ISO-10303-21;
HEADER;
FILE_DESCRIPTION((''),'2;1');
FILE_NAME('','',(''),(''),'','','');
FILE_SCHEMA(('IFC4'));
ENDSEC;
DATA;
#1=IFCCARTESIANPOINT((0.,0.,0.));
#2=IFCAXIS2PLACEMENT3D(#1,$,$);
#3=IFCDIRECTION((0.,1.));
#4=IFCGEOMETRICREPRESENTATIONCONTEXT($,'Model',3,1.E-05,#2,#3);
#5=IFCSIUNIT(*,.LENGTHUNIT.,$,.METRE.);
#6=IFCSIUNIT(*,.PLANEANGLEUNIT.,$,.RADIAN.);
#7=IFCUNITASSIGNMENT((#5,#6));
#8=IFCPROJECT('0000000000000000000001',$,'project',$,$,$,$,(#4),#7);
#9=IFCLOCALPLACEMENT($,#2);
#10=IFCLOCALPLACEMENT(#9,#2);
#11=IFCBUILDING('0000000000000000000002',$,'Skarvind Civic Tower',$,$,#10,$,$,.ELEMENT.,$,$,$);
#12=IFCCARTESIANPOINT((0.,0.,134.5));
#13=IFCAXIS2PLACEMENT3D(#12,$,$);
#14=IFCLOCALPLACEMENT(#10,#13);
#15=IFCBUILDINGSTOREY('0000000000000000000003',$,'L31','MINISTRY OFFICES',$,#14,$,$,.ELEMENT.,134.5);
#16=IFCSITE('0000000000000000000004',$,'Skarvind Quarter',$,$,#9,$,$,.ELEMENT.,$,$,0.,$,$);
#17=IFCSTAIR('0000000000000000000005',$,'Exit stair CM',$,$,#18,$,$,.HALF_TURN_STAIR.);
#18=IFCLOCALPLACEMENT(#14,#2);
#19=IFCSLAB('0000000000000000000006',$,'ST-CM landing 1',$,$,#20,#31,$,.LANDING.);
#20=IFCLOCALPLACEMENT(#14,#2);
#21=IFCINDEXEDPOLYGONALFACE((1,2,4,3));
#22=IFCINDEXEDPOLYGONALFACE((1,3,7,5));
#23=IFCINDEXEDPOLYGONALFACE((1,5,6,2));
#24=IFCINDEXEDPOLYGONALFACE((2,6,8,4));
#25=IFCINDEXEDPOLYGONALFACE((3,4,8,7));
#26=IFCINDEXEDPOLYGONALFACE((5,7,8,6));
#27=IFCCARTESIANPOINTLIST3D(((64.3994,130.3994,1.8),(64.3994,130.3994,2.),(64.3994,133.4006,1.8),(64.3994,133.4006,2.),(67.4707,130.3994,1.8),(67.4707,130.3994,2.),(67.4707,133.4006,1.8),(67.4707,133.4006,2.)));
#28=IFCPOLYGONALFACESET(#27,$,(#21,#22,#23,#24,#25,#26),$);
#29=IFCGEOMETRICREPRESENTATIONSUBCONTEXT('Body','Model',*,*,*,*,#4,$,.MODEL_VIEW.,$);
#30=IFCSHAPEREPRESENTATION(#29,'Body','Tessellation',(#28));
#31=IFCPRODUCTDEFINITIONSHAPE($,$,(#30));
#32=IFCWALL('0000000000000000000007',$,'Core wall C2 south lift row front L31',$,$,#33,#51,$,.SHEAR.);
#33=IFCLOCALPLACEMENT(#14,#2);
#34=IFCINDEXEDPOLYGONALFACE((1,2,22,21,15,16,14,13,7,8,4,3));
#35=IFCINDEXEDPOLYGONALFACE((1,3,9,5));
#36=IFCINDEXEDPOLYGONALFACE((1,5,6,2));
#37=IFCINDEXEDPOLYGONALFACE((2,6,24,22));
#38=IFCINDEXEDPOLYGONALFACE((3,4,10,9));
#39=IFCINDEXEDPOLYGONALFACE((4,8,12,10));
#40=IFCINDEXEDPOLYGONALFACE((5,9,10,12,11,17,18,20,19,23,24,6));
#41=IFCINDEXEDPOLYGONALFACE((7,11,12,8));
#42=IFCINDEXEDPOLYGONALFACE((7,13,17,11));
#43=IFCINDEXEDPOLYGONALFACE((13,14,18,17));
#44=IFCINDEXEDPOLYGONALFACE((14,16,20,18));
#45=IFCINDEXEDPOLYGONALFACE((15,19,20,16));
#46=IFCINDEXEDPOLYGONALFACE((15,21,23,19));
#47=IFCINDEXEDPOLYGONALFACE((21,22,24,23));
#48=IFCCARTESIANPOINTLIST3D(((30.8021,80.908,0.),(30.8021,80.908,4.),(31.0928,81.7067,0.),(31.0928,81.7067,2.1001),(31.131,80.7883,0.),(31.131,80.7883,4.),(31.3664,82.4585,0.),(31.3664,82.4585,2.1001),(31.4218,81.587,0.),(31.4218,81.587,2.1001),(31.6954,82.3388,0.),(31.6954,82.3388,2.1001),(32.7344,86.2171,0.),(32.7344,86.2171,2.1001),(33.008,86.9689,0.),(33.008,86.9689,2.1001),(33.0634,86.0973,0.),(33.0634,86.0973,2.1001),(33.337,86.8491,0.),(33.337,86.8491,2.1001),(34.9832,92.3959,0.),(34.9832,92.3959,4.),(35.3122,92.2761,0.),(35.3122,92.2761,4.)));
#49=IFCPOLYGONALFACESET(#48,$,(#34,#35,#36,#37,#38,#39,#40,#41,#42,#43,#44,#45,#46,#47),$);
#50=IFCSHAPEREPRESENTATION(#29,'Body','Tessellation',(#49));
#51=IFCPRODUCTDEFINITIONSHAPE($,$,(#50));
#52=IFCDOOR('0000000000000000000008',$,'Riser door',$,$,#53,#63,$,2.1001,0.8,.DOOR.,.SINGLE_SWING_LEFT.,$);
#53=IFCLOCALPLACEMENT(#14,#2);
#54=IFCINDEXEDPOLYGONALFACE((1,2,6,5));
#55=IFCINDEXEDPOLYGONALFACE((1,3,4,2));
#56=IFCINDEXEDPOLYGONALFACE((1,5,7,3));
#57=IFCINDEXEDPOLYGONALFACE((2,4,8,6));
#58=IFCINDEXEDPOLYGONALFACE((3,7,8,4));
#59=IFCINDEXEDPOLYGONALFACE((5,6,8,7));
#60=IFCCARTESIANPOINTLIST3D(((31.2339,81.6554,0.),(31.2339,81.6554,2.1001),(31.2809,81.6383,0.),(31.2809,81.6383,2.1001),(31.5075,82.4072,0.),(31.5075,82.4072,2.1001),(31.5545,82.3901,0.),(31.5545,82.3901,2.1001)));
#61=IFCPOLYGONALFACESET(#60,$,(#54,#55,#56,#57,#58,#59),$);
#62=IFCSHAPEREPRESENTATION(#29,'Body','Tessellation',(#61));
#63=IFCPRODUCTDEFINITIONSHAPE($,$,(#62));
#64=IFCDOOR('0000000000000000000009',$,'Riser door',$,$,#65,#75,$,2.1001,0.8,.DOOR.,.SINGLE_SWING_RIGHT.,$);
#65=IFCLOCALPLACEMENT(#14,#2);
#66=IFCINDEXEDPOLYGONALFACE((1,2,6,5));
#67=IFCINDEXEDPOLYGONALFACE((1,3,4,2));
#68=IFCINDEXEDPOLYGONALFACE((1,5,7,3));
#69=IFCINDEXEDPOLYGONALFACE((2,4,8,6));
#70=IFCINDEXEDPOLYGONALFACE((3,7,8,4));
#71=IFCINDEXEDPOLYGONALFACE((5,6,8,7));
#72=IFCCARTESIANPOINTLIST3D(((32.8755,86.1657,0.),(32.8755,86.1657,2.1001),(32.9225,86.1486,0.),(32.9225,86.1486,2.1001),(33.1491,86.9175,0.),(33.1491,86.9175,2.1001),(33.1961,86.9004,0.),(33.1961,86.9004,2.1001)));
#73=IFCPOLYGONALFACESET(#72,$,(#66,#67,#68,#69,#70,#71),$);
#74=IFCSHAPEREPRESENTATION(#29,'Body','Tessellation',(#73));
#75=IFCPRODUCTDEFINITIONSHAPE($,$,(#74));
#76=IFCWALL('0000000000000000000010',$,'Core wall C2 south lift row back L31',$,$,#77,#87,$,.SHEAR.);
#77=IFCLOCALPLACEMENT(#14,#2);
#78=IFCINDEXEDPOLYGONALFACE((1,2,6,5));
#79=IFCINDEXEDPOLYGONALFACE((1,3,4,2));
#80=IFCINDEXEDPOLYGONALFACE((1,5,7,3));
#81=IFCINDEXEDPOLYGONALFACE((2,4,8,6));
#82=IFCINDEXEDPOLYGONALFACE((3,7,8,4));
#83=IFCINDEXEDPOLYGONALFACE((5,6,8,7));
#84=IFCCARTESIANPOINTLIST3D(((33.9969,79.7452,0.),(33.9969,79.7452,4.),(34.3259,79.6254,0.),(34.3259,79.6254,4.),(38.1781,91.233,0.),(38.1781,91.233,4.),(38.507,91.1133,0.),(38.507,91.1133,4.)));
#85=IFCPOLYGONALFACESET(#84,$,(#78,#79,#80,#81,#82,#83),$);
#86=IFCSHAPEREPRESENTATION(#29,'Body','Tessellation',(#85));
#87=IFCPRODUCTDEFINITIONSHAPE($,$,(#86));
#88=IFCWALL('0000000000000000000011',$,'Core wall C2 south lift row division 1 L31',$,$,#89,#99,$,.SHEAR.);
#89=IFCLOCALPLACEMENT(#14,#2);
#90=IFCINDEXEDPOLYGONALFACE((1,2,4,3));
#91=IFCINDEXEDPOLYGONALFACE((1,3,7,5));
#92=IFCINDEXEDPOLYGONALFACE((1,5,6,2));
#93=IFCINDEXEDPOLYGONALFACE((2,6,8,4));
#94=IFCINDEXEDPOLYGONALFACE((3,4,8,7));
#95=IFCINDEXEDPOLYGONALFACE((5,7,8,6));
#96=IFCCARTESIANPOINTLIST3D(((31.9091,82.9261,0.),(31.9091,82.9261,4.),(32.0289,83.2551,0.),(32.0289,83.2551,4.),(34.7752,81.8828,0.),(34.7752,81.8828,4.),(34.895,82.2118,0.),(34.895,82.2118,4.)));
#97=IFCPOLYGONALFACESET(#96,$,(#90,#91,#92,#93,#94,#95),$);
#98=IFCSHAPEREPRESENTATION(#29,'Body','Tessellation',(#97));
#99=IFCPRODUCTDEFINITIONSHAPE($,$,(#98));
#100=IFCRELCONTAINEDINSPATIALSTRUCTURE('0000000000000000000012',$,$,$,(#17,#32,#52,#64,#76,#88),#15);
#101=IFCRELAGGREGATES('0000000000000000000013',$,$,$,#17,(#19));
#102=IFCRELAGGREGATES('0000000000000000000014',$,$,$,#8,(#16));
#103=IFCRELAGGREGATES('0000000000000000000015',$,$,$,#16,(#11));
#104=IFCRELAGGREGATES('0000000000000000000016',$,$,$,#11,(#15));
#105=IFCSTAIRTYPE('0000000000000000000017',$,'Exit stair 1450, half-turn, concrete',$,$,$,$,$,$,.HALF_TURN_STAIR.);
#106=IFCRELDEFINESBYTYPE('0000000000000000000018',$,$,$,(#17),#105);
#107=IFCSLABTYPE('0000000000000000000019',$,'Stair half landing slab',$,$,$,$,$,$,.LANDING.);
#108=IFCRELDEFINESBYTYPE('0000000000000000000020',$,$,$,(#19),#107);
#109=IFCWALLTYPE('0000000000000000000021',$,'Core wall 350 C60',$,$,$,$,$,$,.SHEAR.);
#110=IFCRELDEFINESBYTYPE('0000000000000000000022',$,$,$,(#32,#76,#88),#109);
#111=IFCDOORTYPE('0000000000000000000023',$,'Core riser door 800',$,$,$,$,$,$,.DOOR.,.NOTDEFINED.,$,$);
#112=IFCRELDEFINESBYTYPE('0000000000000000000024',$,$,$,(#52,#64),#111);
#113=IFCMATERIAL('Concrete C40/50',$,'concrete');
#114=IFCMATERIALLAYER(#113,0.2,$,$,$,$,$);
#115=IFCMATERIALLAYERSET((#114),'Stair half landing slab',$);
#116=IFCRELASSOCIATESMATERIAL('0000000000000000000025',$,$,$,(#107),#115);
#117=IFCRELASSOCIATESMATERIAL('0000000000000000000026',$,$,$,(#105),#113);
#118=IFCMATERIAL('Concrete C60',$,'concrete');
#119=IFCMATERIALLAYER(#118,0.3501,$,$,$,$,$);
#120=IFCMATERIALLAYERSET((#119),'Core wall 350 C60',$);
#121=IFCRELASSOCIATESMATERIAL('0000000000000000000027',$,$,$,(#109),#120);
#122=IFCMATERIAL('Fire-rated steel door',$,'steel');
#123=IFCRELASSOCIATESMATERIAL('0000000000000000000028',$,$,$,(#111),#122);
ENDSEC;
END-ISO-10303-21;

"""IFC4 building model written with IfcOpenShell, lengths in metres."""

from ifc_helpers import new_model, si_unit, direction, frame, frame_2d, origin, place, context, subcontext, project, spatial, polyline, rectangle, outline, extrude, material, layer, layer_set, type_object, element, fill, aggregate, save


model = new_model("IFC4")

# Units and contexts
model_context = context("Model", 3, precision=1e-05, world=origin(), true_north=direction((0.0, 1.0)))
body_context = subcontext(model_context, "Body", "Model", "MODEL_VIEW")
ifc_project = project(units=[si_unit("LENGTHUNIT", "METRE"), si_unit("PLANEANGLEUNIT", "RADIAN")], contexts=[model_context])

# Site, building, storey
site_placement = place(None, origin())
site = spatial("IfcSite", under=ifc_project, at=site_placement, Name="Skarvind Quarter", CompositionType="ELEMENT", RefElevation=0.0)
building_placement = place(site_placement, origin())
building = spatial("IfcBuilding", under=site, at=building_placement, Name="Skarvind Civic Tower", CompositionType="ELEMENT")
storey_placement = place(building_placement, frame((0.0, 0.0, 134.5)))
storey = spatial("IfcBuildingStorey", under=building, at=storey_placement, Name="L31", Description="MINISTRY OFFICES", CompositionType="ELEMENT", Elevation=134.5)

# Shared definitions
ifc_material_1 = material(Name="Concrete C40/50", Category="concrete")

# Stair, slab
ifc_layer_1 = layer(ifc_material_1, 0.2)
ifc_layer_set_1 = layer_set([ifc_layer_1], Name="Stair half landing slab")
slab_type_1 = type_object("IfcSlabType", Name="Stair half landing slab", PredefinedType="LANDING", material=ifc_layer_set_1)
stair_type_1 = type_object("IfcStairType", Name="Exit stair 1450, half-turn, concrete", PredefinedType="HALF_TURN_STAIR", material=ifc_material_1)
stair_1_placement = place(storey_placement, origin())
stair_1 = element("IfcStair", 1, at=stair_1_placement, inside=storey, type_object=stair_type_1, Name="Exit stair CM", PredefinedType="HALF_TURN_STAIR")
slab_1_placement = place(storey_placement, frame((0.0, 0.0, 1.8)))
slab_1 = element("IfcSlab", 2, at=slab_1_placement, type_object=slab_type_1, Name="ST-CM landing 1", PredefinedType="LANDING", context=body_context, shape_type="SweptSolid", body=[
    extrude(outline(polyline([(67.4707, 133.4006), (67.4707, 130.3994), (64.3994, 130.3994), (64.3994, 133.4006), (67.4707, 133.4006)])), origin(), (0.0, 0.0, 1.0), 0.2),
])
aggregate(stair_1, [slab_1])

# Wall, openings, doors
ifc_material_2 = material(Name="Concrete C60", Category="concrete")
ifc_layer_2 = layer(ifc_material_2, 0.3501)
ifc_layer_set_2 = layer_set([ifc_layer_2], Name="Core wall 350 C60")
wall_type_1 = type_object("IfcWallType", Name="Core wall 350 C60", PredefinedType="SHEAR", material=ifc_layer_set_2)
wall_1_placement = place(storey_placement, frame((30.9666, 80.8481, 0.0), z_axis=(0.0, 0.0, 1.0), x_axis=(0.342016, 0.939694, 0.0)))
wall_1 = element("IfcWall", 3, at=wall_1_placement, inside=storey, type_object=wall_type_1, Name="Core wall C2 south lift row front L31", PredefinedType="SHEAR", context=body_context, shape_type="SweptSolid", body=[
    extrude(rectangle(XDim=12.2251, YDim=0.3501, at=frame_2d((6.1125, 0.0))), origin(), (0.0, 0.0, 1.0), 4.0),
])
opening_1_placement = place(wall_1_placement, frame((0.8501, 0.0, 0.0)))
opening_1 = element("IfcOpeningElement", 4, at=opening_1_placement, cuts=wall_1, PredefinedType="OPENING", context=body_context, shape_type="SweptSolid", body=[
    extrude(rectangle(XDim=0.8, YDim=2.1001, at=frame_2d((0.3999, 1.05))), frame((0.0, 0.1851, 0.0), z_axis=(0.0, -1.0, 0.0), x_axis=(1.0, 0.0, 0.0)), (0.0, 0.0, 1.0), 0.3701),
])
opening_2_placement = place(wall_1_placement, frame((5.6499, 0.0, 0.0)))
opening_2 = element("IfcOpeningElement", 5, at=opening_2_placement, cuts=wall_1, PredefinedType="OPENING", context=body_context, shape_type="SweptSolid", body=[
    extrude(rectangle(XDim=0.8, YDim=2.1001, at=frame_2d((0.3999, 1.05))), frame((0.0, 0.1851, 0.0), z_axis=(0.0, -1.0, 0.0), x_axis=(1.0, 0.0, 0.0)), (0.0, 0.0, 1.0), 0.3701),
])
ifc_material_3 = material(Name="Fire-rated steel door", Category="steel")
door_type_1 = type_object("IfcDoorType", Name="Core riser door 800", OperationType="NOTDEFINED", PredefinedType="DOOR", material=ifc_material_3)
door_1_placement = place(opening_1_placement, origin())
door_1 = element("IfcDoor", 6, at=door_1_placement, inside=storey, type_object=door_type_1, Name="Riser door", OperationType="SINGLE_SWING_LEFT", OverallHeight=2.1001, OverallWidth=0.8, PredefinedType="DOOR", context=body_context, shape_type="SweptSolid", body=[
    extrude(rectangle(XDim=0.8, YDim=2.1001, at=frame_2d((0.3999, 1.05))), frame((0.0, 0.0249, 0.0), z_axis=(0.0, -1.0, 0.0), x_axis=(1.0, 0.0, 0.0)), (0.0, 0.0, 1.0), 0.05),
])
fill(opening_1, door_1)
door_2_placement = place(opening_2_placement, origin())
door_2 = element("IfcDoor", 7, at=door_2_placement, inside=storey, type_object=door_type_1, Name="Riser door", OperationType="SINGLE_SWING_RIGHT", OverallHeight=2.1001, OverallWidth=0.8, PredefinedType="DOOR", context=body_context, shape_type="SweptSolid", body=[
    extrude(rectangle(XDim=0.8, YDim=2.1001, at=frame_2d((0.3999, 1.05))), frame((0.0, 0.0249, 0.0), z_axis=(0.0, -1.0, 0.0), x_axis=(1.0, 0.0, 0.0)), (0.0, 0.0, 1.0), 0.05),
])
fill(opening_2, door_2)

# Walls
wall_2_placement = place(storey_placement, frame((34.1614, 79.6853, 0.0), z_axis=(0.0, 0.0, 1.0), x_axis=(0.342016, 0.939694, 0.0)))
element("IfcWall", 8, at=wall_2_placement, inside=storey, type_object=wall_type_1, Name="Core wall C2 south lift row back L31", PredefinedType="SHEAR", context=body_context, shape_type="SweptSolid", body=[
    extrude(rectangle(XDim=12.2251, YDim=0.3501, at=frame_2d((6.1125, 0.0))), origin(), (0.0, 0.0, 1.0), 4.0),
])
wall_3_placement = place(storey_placement, frame((34.835, 82.0474, 0.0), z_axis=(0.0, 0.0, 1.0), x_axis=(-0.939684, 0.342045, 0.0)))
element("IfcWall", 9, at=wall_3_placement, inside=storey, type_object=wall_type_1, Name="Core wall C2 south lift row division 1 L31", PredefinedType="SHEAR", context=body_context, shape_type="SweptSolid", body=[
    extrude(rectangle(XDim=3.05, YDim=0.3501, at=frame_2d((1.5249, 0.0))), origin(), (0.0, 0.0, 1.0), 4.0),
])

save(model, "model.ifc")
